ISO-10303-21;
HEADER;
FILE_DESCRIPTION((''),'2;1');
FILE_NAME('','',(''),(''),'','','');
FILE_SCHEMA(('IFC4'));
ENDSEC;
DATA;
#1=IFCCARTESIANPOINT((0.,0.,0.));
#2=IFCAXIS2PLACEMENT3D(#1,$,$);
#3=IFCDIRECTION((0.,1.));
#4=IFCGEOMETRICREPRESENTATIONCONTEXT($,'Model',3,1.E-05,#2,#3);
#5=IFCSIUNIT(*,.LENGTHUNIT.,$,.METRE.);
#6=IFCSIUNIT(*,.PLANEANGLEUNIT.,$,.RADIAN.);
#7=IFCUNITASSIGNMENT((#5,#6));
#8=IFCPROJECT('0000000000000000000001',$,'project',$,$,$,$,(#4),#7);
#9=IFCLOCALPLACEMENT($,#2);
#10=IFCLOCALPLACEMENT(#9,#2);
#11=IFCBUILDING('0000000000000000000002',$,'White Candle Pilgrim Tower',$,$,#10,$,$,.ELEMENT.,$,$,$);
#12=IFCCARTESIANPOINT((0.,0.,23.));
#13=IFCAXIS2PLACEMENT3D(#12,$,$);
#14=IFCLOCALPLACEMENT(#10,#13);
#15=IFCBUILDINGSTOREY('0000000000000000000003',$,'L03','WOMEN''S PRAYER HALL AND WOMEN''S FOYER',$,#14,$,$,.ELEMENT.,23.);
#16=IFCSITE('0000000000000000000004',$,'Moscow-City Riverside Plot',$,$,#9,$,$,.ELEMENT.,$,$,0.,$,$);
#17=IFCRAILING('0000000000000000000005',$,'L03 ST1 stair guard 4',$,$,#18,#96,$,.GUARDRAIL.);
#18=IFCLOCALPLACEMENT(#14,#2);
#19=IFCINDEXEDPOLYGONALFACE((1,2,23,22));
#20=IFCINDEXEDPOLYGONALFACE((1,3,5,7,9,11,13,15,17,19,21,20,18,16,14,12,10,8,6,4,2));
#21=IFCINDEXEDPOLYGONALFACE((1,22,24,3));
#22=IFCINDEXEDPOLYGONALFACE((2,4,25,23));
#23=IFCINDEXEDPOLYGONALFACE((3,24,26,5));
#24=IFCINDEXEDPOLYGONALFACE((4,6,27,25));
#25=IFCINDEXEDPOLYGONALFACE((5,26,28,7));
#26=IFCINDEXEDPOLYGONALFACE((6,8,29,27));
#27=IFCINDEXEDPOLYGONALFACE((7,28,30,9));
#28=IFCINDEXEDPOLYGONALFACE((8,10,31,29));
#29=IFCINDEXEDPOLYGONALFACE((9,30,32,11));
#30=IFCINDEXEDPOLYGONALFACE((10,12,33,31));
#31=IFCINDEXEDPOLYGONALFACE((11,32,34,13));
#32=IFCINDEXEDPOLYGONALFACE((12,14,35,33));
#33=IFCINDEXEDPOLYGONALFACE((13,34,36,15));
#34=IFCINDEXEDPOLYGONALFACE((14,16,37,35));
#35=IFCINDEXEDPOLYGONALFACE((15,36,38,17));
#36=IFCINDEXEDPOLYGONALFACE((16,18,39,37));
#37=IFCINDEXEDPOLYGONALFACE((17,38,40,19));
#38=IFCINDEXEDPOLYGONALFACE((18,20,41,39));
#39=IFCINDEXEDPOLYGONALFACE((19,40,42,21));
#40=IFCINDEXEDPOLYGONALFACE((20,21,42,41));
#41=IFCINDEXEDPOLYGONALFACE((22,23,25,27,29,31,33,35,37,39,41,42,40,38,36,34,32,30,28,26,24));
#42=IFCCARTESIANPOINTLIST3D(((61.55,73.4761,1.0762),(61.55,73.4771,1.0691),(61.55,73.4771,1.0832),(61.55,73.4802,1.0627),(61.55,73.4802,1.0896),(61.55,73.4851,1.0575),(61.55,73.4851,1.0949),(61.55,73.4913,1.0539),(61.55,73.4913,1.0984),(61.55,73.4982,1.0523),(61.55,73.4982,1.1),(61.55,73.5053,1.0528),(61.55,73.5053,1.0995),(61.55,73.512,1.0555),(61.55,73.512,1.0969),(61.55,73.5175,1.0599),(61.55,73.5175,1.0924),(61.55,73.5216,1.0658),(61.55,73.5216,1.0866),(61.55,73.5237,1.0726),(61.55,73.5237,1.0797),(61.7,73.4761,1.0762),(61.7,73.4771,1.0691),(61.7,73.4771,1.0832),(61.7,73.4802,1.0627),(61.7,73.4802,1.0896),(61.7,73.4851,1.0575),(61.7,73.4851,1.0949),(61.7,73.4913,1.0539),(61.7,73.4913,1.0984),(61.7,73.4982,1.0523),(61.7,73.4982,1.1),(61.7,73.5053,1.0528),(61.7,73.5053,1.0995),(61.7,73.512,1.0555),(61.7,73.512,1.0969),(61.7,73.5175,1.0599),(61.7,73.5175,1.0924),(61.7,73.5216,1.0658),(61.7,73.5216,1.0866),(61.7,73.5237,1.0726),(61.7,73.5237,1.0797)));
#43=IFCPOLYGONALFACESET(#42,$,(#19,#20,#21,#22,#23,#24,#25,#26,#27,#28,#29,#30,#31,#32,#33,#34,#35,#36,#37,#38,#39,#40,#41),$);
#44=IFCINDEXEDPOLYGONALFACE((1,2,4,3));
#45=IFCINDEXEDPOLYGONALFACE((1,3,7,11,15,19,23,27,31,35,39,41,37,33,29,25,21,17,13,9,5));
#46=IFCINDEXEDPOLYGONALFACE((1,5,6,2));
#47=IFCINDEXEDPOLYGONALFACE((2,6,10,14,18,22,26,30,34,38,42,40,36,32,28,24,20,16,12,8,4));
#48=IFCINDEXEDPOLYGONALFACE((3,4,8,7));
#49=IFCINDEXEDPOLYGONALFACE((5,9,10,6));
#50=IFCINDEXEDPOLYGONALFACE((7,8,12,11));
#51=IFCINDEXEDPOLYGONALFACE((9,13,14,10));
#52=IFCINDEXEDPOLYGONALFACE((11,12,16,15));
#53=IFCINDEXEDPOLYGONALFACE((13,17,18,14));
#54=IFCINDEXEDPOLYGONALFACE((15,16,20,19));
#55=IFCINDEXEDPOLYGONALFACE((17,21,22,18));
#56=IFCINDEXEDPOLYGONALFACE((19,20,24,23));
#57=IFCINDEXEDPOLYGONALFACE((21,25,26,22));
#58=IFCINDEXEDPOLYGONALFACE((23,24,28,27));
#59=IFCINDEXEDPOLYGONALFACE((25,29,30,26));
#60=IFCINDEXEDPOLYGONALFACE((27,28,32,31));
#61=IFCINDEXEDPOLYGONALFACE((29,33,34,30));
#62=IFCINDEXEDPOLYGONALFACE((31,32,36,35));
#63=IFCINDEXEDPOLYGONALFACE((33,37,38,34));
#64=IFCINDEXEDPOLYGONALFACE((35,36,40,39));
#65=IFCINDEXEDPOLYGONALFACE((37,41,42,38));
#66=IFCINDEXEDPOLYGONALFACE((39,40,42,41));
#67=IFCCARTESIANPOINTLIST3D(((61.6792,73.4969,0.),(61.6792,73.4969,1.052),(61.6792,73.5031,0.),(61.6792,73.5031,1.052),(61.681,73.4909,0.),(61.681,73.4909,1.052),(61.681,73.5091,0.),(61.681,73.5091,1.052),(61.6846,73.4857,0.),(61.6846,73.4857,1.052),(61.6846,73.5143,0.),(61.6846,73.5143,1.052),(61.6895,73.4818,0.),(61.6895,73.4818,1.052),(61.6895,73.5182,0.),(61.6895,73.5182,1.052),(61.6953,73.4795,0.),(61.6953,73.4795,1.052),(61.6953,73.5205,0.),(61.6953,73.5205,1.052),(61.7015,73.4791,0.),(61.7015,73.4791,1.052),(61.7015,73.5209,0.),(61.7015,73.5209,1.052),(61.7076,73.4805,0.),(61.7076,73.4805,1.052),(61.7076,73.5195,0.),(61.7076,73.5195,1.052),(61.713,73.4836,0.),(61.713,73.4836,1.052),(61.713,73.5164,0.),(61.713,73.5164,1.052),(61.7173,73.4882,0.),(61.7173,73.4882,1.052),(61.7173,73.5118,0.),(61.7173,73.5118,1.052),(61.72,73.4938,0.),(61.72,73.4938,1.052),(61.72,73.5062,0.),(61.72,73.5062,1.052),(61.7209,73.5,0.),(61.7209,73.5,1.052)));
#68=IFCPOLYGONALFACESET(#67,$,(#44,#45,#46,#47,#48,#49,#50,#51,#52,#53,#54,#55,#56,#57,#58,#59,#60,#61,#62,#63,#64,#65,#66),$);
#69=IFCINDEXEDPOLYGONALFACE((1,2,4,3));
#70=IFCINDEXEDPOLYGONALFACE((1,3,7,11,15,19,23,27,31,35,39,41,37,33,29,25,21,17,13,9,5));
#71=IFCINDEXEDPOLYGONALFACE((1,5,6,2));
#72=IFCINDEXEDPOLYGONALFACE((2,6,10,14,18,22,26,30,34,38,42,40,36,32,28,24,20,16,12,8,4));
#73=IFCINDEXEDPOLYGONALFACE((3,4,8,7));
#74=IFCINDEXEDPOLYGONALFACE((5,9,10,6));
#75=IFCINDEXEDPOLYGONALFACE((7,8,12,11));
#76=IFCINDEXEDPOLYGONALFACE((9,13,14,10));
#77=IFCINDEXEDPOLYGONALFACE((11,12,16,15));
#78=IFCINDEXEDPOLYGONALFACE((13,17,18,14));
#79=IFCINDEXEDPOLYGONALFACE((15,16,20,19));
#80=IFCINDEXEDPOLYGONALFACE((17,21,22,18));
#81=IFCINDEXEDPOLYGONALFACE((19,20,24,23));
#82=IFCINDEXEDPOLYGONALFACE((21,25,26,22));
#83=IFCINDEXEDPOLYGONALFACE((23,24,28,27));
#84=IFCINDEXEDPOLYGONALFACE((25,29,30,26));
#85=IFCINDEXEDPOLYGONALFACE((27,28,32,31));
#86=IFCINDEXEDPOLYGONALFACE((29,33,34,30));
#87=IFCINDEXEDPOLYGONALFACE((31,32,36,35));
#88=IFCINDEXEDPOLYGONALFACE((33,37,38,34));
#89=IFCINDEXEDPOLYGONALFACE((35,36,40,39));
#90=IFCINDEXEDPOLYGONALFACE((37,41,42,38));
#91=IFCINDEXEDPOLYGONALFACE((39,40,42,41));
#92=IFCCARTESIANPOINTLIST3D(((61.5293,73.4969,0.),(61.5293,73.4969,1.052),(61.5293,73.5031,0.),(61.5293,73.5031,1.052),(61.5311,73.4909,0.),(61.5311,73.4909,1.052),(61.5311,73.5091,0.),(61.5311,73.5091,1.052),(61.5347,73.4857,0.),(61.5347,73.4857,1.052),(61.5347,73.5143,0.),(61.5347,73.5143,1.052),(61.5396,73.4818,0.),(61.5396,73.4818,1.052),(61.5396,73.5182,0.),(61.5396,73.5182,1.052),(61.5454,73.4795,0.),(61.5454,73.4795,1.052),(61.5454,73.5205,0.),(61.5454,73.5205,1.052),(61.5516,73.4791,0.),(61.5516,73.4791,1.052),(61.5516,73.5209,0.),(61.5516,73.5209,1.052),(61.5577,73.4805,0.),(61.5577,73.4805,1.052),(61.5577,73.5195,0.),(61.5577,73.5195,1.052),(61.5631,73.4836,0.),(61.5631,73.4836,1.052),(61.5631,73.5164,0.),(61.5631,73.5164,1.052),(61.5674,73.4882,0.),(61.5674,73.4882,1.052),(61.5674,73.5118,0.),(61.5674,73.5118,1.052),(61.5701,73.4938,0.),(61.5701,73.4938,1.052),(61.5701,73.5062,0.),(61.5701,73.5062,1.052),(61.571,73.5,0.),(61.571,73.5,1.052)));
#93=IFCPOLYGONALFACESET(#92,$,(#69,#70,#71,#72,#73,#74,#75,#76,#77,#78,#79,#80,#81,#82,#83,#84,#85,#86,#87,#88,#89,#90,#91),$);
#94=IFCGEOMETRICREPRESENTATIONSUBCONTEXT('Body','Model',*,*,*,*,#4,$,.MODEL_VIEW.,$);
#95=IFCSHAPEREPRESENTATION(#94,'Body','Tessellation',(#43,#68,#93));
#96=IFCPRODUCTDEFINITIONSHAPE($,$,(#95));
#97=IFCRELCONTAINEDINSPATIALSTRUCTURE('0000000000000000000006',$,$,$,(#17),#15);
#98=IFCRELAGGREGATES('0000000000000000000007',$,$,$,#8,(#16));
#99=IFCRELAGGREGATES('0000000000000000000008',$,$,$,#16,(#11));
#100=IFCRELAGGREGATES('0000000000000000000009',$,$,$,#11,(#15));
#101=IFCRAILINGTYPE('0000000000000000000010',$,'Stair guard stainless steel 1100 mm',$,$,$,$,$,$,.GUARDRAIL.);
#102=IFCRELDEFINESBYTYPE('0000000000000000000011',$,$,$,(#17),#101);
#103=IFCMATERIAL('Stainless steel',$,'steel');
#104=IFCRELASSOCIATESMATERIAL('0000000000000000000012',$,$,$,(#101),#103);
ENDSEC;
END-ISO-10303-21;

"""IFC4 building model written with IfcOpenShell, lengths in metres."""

from ifc_helpers import new_model, si_unit, direction, frame, origin, origin_2d, place, context, subcontext, project, spatial, circle, extrude, material, type_object, element, save


model = new_model("IFC4")

# Units and contexts
model_context = context("Model", 3, precision=1e-05, world=origin(), true_north=direction((0.0, 1.0)))
body_context = subcontext(model_context, "Body", "Model", "MODEL_VIEW")
ifc_project = project(units=[si_unit("LENGTHUNIT", "METRE"), si_unit("PLANEANGLEUNIT", "RADIAN")], contexts=[model_context])

# Site, building, storey
site_placement = place(None, origin())
site = spatial("IfcSite", under=ifc_project, at=site_placement, Name="Moscow-City Riverside Plot", CompositionType="ELEMENT", RefElevation=0.0)
building_placement = place(site_placement, origin())
building = spatial("IfcBuilding", under=site, at=building_placement, Name="White Candle Pilgrim Tower", CompositionType="ELEMENT")
storey_placement = place(building_placement, frame((0.0, 0.0, 23.0)))
storey = spatial("IfcBuildingStorey", under=building, at=storey_placement, Name="L03", Description="WOMEN'S PRAYER HALL AND WOMEN'S FOYER", CompositionType="ELEMENT", Elevation=23.0)

# Shared definitions
ifc_material_1 = material(Name="Stainless steel", Category="steel")

# Railing
railing_type_1 = type_object("IfcRailingType", Name="Stair guard stainless steel 1100 mm", PredefinedType="GUARDRAIL", material=ifc_material_1)
railing_1_placement = place(storey_placement, frame((61.7, 73.5, 0.0)))
element("IfcRailing", 1, at=railing_1_placement, inside=storey, type_object=railing_type_1, Name="L03 ST1 stair guard 4", PredefinedType="GUARDRAIL", context=body_context, shape_type="SweptSolid", body=[
    extrude(circle(Radius=0.0239, at=origin_2d()), frame((0.0, 0.0, 1.0762), z_axis=(-1.0, 0.0, 0.0), x_axis=(0.0, -1.0, 0.0)), (0.0, 0.0, 1.0), 0.1499),
    extrude(circle(Radius=0.021, at=origin_2d()), origin(), (0.0, 0.0, 1.0), 1.052),
    extrude(circle(Radius=0.021, at=origin_2d()), frame((-0.1499, 0.0, 0.0)), (0.0, 0.0, 1.0), 1.052),
])

save(model, "model.ifc")
